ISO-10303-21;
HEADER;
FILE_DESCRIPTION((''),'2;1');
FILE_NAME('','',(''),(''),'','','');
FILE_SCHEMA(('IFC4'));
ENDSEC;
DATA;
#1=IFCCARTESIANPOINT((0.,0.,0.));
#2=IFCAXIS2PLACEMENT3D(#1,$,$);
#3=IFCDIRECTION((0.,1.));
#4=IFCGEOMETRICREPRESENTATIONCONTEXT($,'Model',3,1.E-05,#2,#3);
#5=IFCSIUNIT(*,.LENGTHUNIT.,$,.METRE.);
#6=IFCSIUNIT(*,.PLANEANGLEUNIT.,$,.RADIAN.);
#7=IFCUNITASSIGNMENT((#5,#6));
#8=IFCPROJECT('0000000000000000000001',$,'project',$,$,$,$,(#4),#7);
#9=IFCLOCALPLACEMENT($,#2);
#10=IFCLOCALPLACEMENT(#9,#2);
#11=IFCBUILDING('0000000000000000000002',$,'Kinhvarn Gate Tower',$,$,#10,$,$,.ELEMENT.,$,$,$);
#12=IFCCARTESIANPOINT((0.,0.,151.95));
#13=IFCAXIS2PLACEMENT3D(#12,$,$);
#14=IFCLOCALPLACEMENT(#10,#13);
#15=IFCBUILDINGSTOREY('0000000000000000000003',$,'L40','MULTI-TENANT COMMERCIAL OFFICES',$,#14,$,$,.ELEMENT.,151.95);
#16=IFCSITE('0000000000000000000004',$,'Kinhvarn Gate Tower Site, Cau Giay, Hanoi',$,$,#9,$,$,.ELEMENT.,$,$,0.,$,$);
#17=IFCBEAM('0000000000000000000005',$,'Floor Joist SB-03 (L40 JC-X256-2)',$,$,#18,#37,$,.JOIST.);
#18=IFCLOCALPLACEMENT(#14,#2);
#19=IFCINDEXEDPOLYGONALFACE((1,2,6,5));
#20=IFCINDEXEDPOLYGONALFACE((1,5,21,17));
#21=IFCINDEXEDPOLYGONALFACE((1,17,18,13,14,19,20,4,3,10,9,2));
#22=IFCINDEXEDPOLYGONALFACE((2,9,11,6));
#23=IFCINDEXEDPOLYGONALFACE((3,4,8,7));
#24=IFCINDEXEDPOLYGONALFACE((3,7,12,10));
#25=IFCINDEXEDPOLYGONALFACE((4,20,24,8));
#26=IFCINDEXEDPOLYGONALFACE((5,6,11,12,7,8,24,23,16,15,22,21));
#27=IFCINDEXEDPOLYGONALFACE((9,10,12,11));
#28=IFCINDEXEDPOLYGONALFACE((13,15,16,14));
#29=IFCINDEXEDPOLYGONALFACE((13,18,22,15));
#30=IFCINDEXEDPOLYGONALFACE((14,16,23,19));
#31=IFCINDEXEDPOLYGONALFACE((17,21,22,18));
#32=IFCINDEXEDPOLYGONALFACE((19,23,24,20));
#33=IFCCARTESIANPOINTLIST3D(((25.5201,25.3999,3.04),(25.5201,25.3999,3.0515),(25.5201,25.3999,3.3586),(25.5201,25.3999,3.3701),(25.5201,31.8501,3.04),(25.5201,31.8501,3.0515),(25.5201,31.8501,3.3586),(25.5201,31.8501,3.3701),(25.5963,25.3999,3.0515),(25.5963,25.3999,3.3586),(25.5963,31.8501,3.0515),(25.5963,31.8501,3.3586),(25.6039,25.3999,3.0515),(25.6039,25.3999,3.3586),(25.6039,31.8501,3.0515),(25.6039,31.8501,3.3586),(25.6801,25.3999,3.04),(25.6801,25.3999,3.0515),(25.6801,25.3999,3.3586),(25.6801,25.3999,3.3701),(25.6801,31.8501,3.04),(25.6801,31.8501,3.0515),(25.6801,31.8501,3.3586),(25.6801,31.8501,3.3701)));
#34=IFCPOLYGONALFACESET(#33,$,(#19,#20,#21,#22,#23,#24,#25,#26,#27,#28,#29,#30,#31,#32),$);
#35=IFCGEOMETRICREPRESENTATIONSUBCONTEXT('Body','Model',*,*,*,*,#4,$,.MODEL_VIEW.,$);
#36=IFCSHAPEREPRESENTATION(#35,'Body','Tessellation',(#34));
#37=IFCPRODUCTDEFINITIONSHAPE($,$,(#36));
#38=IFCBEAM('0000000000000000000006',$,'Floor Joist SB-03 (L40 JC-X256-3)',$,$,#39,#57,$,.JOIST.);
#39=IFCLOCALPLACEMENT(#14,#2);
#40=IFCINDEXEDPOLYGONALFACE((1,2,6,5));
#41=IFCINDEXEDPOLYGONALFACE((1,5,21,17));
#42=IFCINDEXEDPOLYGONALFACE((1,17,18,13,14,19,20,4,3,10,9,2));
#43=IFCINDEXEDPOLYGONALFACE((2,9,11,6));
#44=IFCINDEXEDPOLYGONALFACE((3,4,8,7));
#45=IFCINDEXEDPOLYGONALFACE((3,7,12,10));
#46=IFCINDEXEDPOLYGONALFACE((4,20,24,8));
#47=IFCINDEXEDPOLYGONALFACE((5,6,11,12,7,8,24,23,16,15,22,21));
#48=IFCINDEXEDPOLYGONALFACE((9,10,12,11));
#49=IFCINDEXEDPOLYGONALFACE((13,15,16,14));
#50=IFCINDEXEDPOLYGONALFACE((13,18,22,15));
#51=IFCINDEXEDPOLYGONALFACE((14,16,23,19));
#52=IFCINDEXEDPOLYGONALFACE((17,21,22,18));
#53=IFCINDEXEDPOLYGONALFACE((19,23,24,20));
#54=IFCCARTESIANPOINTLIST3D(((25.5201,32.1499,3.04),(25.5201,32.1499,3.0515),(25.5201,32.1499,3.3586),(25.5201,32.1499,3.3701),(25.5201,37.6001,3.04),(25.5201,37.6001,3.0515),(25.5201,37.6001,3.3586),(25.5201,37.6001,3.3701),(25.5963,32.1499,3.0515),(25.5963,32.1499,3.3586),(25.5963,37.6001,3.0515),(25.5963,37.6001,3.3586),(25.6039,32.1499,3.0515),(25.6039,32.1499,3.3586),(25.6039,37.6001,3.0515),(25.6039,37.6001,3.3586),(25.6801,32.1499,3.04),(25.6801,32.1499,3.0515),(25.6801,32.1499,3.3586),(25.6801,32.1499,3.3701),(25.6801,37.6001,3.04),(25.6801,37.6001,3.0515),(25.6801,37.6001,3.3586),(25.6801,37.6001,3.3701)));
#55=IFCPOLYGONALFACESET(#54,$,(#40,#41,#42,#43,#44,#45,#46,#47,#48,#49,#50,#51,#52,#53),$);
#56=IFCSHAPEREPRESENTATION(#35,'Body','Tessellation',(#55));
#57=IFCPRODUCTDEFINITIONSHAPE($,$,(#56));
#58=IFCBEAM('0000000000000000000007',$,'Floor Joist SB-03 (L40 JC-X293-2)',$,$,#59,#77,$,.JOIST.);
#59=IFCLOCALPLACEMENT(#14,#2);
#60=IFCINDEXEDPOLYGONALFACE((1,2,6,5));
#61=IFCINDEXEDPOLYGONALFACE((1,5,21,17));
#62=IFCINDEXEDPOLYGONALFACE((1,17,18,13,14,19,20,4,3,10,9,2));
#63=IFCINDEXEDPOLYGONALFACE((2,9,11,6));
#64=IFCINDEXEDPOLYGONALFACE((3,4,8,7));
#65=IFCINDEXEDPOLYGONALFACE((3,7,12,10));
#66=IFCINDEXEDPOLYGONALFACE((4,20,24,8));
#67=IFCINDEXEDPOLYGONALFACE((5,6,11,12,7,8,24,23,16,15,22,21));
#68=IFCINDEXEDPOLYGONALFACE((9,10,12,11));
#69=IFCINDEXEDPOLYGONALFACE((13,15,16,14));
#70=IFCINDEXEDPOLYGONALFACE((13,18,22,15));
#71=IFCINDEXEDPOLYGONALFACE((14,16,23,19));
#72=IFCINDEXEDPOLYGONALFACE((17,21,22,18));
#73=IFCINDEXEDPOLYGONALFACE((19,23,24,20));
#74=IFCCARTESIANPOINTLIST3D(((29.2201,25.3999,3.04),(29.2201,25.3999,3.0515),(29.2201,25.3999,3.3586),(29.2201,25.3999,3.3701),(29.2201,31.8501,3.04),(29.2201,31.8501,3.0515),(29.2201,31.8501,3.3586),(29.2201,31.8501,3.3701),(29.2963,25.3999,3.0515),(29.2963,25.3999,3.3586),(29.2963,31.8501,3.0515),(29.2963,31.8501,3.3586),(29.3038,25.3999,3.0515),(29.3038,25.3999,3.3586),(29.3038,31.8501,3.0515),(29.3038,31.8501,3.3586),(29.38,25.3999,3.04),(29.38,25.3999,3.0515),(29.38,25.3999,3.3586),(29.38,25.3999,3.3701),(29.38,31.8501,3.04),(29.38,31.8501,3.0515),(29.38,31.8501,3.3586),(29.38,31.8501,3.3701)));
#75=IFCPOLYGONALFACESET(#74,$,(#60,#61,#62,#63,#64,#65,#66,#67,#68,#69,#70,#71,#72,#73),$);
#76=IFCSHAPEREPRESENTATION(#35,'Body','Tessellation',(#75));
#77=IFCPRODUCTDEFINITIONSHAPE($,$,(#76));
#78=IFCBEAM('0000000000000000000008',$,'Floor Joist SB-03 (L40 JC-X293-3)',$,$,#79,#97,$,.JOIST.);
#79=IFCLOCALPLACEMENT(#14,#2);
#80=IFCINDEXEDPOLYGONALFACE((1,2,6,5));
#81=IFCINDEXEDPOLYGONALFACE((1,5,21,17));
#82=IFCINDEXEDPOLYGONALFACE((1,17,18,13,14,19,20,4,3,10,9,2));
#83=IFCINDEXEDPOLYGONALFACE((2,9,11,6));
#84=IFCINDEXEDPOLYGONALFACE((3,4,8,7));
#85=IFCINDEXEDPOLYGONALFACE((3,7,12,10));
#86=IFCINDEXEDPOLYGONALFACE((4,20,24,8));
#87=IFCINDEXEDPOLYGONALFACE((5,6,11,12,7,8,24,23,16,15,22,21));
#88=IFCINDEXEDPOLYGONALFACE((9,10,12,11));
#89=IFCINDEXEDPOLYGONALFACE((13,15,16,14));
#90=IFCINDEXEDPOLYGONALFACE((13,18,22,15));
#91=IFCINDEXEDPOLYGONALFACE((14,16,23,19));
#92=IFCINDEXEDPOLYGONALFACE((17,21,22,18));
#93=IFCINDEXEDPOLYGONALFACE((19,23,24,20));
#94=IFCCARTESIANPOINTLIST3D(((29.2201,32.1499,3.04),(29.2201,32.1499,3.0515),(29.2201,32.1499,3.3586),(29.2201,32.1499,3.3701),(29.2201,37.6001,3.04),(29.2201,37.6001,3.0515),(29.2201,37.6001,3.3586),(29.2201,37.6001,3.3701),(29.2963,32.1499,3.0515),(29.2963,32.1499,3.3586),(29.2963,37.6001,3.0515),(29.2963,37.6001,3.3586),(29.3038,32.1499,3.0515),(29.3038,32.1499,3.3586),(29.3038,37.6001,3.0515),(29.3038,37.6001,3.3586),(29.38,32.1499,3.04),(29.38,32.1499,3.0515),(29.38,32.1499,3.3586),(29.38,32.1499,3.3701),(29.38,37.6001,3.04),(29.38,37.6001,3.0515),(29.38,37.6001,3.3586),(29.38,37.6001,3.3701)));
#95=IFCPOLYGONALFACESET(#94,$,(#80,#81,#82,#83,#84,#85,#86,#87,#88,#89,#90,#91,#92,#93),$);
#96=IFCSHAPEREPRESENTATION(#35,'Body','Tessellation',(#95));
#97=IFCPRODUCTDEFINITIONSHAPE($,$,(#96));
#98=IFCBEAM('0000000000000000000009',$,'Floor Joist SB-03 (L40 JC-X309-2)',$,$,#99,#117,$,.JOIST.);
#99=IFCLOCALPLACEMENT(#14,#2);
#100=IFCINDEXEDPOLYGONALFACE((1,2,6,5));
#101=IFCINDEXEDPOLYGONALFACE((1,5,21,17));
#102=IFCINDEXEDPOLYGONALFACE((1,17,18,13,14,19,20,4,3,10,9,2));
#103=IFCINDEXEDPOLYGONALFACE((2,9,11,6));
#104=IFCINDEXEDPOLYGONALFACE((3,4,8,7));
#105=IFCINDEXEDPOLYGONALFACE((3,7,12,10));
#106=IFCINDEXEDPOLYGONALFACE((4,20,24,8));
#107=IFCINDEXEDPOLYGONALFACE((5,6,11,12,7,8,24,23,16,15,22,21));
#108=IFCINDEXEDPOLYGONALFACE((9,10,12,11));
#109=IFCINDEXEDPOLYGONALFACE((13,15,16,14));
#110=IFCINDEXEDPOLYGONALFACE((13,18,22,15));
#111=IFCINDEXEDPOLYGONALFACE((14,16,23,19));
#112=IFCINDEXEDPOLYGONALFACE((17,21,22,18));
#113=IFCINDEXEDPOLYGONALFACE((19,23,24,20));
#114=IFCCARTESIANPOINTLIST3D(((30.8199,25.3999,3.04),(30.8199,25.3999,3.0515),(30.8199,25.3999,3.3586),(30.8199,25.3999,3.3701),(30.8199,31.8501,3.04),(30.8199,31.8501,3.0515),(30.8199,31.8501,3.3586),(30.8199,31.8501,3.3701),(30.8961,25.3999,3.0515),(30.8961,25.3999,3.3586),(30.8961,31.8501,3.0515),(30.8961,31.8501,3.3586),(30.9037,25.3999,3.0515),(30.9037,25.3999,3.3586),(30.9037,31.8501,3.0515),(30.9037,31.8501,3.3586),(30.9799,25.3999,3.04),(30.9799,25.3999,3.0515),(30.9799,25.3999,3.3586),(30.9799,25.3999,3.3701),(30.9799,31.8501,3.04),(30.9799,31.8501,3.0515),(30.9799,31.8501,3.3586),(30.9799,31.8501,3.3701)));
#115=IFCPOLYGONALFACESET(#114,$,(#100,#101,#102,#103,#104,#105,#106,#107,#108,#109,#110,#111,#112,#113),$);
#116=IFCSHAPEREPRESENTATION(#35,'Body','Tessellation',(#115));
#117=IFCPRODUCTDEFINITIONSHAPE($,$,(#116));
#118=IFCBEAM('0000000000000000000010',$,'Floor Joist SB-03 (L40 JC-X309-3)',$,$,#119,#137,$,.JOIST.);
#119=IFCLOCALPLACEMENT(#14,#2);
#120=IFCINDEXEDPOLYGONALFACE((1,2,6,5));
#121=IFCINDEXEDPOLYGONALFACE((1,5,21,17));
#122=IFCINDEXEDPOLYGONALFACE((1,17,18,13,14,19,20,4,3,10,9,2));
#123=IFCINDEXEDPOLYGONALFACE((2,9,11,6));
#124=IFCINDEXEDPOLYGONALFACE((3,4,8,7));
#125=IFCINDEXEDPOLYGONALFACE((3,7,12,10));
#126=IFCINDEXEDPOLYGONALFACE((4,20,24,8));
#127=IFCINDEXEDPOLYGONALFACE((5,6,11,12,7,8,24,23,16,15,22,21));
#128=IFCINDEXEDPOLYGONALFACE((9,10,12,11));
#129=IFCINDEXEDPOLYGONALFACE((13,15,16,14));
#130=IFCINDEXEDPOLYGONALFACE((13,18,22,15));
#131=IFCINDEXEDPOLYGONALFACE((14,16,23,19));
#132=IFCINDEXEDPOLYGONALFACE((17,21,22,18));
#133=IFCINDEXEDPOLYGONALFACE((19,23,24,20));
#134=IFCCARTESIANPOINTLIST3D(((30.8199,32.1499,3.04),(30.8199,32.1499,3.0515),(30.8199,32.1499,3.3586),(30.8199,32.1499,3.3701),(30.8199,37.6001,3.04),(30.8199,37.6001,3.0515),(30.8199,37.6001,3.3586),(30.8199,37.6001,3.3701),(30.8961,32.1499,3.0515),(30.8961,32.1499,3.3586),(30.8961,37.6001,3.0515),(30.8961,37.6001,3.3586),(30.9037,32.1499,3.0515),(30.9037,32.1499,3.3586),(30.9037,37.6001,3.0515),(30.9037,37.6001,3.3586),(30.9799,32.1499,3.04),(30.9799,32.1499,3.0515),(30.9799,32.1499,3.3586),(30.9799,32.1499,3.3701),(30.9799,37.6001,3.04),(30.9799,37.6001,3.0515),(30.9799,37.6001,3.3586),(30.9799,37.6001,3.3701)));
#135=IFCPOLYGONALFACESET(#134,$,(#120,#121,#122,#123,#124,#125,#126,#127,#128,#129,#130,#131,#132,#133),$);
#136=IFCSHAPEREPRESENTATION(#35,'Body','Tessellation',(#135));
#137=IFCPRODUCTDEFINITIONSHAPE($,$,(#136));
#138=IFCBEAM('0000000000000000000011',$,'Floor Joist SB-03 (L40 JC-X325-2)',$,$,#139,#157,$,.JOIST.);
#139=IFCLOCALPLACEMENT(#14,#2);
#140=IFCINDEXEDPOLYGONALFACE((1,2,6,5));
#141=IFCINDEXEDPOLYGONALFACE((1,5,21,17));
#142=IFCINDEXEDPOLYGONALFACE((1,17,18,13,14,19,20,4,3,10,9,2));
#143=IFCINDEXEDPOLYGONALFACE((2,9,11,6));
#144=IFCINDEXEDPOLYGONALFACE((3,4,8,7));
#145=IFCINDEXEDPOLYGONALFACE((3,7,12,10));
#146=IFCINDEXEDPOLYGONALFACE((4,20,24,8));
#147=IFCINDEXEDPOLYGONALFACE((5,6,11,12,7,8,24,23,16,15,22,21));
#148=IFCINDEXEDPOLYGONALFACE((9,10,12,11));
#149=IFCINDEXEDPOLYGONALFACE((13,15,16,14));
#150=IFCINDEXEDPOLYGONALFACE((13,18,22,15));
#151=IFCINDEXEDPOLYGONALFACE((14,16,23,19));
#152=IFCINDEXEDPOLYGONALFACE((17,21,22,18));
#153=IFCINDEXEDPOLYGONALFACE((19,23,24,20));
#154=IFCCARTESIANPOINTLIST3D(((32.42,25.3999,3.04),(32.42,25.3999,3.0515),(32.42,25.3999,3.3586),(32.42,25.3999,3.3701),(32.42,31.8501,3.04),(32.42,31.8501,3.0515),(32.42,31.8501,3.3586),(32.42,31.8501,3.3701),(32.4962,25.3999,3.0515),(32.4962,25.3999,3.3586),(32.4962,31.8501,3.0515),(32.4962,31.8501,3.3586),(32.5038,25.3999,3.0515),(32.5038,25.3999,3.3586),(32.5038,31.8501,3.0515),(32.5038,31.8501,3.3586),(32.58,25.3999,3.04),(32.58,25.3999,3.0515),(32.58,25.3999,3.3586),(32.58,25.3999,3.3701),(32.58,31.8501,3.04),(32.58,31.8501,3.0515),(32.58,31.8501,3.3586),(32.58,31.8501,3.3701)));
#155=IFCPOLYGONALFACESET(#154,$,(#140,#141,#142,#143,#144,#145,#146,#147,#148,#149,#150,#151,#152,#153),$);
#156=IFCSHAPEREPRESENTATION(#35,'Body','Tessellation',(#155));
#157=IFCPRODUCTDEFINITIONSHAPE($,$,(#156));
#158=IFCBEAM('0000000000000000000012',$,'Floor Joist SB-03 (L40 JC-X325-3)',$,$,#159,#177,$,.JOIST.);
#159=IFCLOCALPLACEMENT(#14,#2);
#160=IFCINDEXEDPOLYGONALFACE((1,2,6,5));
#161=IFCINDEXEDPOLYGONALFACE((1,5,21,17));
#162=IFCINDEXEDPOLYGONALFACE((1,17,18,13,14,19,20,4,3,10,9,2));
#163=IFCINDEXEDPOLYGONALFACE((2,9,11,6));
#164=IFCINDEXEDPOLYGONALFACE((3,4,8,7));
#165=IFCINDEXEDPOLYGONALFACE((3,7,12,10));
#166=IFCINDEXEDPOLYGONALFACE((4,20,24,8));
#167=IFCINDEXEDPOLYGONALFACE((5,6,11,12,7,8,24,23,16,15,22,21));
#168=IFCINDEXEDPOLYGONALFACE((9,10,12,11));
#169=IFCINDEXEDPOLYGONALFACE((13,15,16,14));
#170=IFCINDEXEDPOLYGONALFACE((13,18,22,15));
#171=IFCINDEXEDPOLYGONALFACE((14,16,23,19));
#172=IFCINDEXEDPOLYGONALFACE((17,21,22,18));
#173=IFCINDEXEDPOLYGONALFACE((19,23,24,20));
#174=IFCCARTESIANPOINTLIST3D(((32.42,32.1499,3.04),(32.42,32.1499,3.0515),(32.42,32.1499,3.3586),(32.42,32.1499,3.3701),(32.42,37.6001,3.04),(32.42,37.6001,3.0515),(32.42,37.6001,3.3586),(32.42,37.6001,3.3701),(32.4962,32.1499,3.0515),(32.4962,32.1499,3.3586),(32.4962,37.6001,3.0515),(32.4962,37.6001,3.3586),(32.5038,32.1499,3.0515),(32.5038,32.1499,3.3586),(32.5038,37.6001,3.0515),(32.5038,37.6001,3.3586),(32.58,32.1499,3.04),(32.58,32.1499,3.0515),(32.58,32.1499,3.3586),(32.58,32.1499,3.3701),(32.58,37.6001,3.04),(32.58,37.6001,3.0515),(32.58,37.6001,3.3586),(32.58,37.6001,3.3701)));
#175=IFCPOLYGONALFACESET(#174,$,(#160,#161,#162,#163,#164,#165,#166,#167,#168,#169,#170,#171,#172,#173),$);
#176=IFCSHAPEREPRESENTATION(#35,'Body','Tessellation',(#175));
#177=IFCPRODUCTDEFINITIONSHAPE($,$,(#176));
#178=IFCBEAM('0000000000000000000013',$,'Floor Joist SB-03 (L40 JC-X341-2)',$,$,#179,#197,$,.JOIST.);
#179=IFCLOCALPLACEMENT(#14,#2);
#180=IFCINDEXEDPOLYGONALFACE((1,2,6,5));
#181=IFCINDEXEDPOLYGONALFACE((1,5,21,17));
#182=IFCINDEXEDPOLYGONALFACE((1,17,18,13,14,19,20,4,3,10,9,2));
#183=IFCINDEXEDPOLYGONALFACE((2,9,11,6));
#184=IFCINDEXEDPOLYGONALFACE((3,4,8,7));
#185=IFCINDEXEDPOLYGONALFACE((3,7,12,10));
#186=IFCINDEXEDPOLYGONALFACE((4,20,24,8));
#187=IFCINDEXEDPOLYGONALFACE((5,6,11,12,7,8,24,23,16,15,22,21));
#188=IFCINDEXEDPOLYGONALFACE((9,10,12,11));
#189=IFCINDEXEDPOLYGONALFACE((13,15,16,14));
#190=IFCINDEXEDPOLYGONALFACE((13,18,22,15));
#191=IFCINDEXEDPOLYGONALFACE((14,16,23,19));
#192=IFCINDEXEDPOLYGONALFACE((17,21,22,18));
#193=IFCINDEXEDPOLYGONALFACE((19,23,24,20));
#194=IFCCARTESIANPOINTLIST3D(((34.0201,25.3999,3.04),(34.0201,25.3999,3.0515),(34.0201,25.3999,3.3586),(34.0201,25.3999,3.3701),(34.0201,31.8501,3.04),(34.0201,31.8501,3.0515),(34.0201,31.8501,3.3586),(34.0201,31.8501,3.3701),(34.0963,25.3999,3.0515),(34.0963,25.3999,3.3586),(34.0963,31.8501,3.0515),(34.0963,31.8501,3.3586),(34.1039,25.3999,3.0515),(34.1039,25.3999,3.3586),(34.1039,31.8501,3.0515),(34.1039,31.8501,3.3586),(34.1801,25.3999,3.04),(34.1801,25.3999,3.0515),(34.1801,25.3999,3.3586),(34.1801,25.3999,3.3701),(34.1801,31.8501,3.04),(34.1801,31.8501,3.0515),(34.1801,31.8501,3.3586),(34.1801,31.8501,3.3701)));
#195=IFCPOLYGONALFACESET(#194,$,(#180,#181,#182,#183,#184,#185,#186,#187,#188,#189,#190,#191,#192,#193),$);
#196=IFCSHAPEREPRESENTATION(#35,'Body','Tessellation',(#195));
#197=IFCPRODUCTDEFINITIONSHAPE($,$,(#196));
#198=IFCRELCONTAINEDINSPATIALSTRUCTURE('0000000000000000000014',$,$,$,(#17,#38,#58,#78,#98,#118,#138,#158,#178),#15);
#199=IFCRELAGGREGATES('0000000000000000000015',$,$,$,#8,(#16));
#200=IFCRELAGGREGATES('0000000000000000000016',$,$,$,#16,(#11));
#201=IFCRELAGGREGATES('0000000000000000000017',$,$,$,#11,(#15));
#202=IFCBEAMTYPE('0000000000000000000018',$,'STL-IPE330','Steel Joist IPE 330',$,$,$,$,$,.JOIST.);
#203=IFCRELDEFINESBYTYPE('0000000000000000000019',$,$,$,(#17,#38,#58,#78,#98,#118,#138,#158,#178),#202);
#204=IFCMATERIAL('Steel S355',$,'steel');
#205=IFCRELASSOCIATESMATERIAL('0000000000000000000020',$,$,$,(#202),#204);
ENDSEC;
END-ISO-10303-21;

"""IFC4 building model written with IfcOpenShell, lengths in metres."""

from ifc_helpers import new_model, si_unit, direction, frame, origin, origin_2d, place, context, subcontext, project, spatial, i_section, extrude, material, material_profile, profile_set, type_object, element, save


model = new_model("IFC4")

# Units and contexts
model_context = context("Model", 3, precision=1e-05, world=origin(), true_north=direction((0.0, 1.0)))
body_context = subcontext(model_context, "Body", "Model", "MODEL_VIEW")
ifc_project = project(units=[si_unit("LENGTHUNIT", "METRE"), si_unit("PLANEANGLEUNIT", "RADIAN")], contexts=[model_context])

# Site, building, storey
site_placement = place(None, origin())
site = spatial("IfcSite", under=ifc_project, at=site_placement, Name="Kinhvarn Gate Tower Site, Cau Giay, Hanoi", CompositionType="ELEMENT", RefElevation=0.0)
building_placement = place(site_placement, origin())
building = spatial("IfcBuilding", under=site, at=building_placement, Name="Kinhvarn Gate Tower", CompositionType="ELEMENT")
storey_placement = place(building_placement, frame((0.0, 0.0, 151.95)))
storey = spatial("IfcBuildingStorey", under=building, at=storey_placement, Name="L40", Description="MULTI-TENANT COMMERCIAL OFFICES", CompositionType="ELEMENT", Elevation=151.95)

# Beams
ifc_material_1 = material(Name="Steel S355", Category="steel")
ifc_material_profile = material_profile(ifc_material_1, i_section(OverallWidth=0.1599, OverallDepth=0.3301, WebThickness=0.0076, FlangeThickness=0.0115, at=origin_2d()), Name="IPE 330")
ifc_profile_set = profile_set([ifc_material_profile], Name="Steel S355")
beam_type = type_object("IfcBeamType", Name="STL-IPE330", Description="Steel Joist IPE 330", PredefinedType="JOIST", material=ifc_profile_set)
beam_1_placement = place(storey_placement, frame((25.6001, 25.3999, 3.2051), z_axis=(0.0, 1.0, 0.0), x_axis=(-1.0, 0.0, 0.0)))
element("IfcBeam", 1, at=beam_1_placement, inside=storey, type_object=beam_type, Name="Floor Joist SB-03 (L40 JC-X256-2)", PredefinedType="JOIST", context=body_context, shape_type="SweptSolid", body=[
    extrude(i_section(OverallWidth=0.1599, OverallDepth=0.3301, WebThickness=0.0076, FlangeThickness=0.0115, at=origin_2d()), origin(), (0.0, 0.0, 1.0), 6.4502),
])
beam_2_placement = place(storey_placement, frame((25.6001, 32.1499, 3.2051), z_axis=(0.0, 1.0, 0.0), x_axis=(-1.0, 0.0, 0.0)))
element("IfcBeam", 2, at=beam_2_placement, inside=storey, type_object=beam_type, Name="Floor Joist SB-03 (L40 JC-X256-3)", PredefinedType="JOIST", context=body_context, shape_type="SweptSolid", body=[
    extrude(i_section(OverallWidth=0.1599, OverallDepth=0.3301, WebThickness=0.0076, FlangeThickness=0.0115, at=origin_2d()), origin(), (0.0, 0.0, 1.0), 5.4502),
])
beam_3_placement = place(storey_placement, frame((29.3, 25.3999, 3.2051), z_axis=(0.0, 1.0, 0.0), x_axis=(-1.0, 0.0, 0.0)))
element("IfcBeam", 3, at=beam_3_placement, inside=storey, type_object=beam_type, Name="Floor Joist SB-03 (L40 JC-X293-2)", PredefinedType="JOIST", context=body_context, shape_type="SweptSolid", body=[
    extrude(i_section(OverallWidth=0.1599, OverallDepth=0.3301, WebThickness=0.0076, FlangeThickness=0.0115, at=origin_2d()), origin(), (0.0, 0.0, 1.0), 6.4502),
])
beam_4_placement = place(storey_placement, frame((29.3, 32.1499, 3.2051), z_axis=(0.0, 1.0, 0.0), x_axis=(-1.0, 0.0, 0.0)))
element("IfcBeam", 4, at=beam_4_placement, inside=storey, type_object=beam_type, Name="Floor Joist SB-03 (L40 JC-X293-3)", PredefinedType="JOIST", context=body_context, shape_type="SweptSolid", body=[
    extrude(i_section(OverallWidth=0.1599, OverallDepth=0.3301, WebThickness=0.0076, FlangeThickness=0.0115, at=origin_2d()), origin(), (0.0, 0.0, 1.0), 5.4502),
])
beam_5_placement = place(storey_placement, frame((30.8999, 25.3999, 3.2051), z_axis=(0.0, 1.0, 0.0), x_axis=(-1.0, 0.0, 0.0)))
element("IfcBeam", 5, at=beam_5_placement, inside=storey, type_object=beam_type, Name="Floor Joist SB-03 (L40 JC-X309-2)", PredefinedType="JOIST", context=body_context, shape_type="SweptSolid", body=[
    extrude(i_section(OverallWidth=0.1599, OverallDepth=0.3301, WebThickness=0.0076, FlangeThickness=0.0115, at=origin_2d()), origin(), (0.0, 0.0, 1.0), 6.4502),
])
beam_6_placement = place(storey_placement, frame((30.8999, 32.1499, 3.2051), z_axis=(0.0, 1.0, 0.0), x_axis=(-1.0, 0.0, 0.0)))
element("IfcBeam", 6, at=beam_6_placement, inside=storey, type_object=beam_type, Name="Floor Joist SB-03 (L40 JC-X309-3)", PredefinedType="JOIST", context=body_context, shape_type="SweptSolid", body=[
    extrude(i_section(OverallWidth=0.1599, OverallDepth=0.3301, WebThickness=0.0076, FlangeThickness=0.0115, at=origin_2d()), origin(), (0.0, 0.0, 1.0), 5.4502),
])
beam_7_placement = place(storey_placement, frame((32.5, 25.3999, 3.2051), z_axis=(0.0, 1.0, 0.0), x_axis=(-1.0, 0.0, 0.0)))
element("IfcBeam", 7, at=beam_7_placement, inside=storey, type_object=beam_type, Name="Floor Joist SB-03 (L40 JC-X325-2)", PredefinedType="JOIST", context=body_context, shape_type="SweptSolid", body=[
    extrude(i_section(OverallWidth=0.1599, OverallDepth=0.3301, WebThickness=0.0076, FlangeThickness=0.0115, at=origin_2d()), origin(), (0.0, 0.0, 1.0), 6.4502),
])
beam_8_placement = place(storey_placement, frame((32.5, 32.1499, 3.2051), z_axis=(0.0, 1.0, 0.0), x_axis=(-1.0, 0.0, 0.0)))
element("IfcBeam", 8, at=beam_8_placement, inside=storey, type_object=beam_type, Name="Floor Joist SB-03 (L40 JC-X325-3)", PredefinedType="JOIST", context=body_context, shape_type="SweptSolid", body=[
    extrude(i_section(OverallWidth=0.1599, OverallDepth=0.3301, WebThickness=0.0076, FlangeThickness=0.0115, at=origin_2d()), origin(), (0.0, 0.0, 1.0), 5.4502),
])
beam_9_placement = place(storey_placement, frame((34.1001, 25.3999, 3.2051), z_axis=(0.0, 1.0, 0.0), x_axis=(-1.0, 0.0, 0.0)))
element("IfcBeam", 9, at=beam_9_placement, inside=storey, type_object=beam_type, Name="Floor Joist SB-03 (L40 JC-X341-2)", PredefinedType="JOIST", context=body_context, shape_type="SweptSolid", body=[
    extrude(i_section(OverallWidth=0.1599, OverallDepth=0.3301, WebThickness=0.0076, FlangeThickness=0.0115, at=origin_2d()), origin(), (0.0, 0.0, 1.0), 6.4502),
])

save(model, "model.ifc")
